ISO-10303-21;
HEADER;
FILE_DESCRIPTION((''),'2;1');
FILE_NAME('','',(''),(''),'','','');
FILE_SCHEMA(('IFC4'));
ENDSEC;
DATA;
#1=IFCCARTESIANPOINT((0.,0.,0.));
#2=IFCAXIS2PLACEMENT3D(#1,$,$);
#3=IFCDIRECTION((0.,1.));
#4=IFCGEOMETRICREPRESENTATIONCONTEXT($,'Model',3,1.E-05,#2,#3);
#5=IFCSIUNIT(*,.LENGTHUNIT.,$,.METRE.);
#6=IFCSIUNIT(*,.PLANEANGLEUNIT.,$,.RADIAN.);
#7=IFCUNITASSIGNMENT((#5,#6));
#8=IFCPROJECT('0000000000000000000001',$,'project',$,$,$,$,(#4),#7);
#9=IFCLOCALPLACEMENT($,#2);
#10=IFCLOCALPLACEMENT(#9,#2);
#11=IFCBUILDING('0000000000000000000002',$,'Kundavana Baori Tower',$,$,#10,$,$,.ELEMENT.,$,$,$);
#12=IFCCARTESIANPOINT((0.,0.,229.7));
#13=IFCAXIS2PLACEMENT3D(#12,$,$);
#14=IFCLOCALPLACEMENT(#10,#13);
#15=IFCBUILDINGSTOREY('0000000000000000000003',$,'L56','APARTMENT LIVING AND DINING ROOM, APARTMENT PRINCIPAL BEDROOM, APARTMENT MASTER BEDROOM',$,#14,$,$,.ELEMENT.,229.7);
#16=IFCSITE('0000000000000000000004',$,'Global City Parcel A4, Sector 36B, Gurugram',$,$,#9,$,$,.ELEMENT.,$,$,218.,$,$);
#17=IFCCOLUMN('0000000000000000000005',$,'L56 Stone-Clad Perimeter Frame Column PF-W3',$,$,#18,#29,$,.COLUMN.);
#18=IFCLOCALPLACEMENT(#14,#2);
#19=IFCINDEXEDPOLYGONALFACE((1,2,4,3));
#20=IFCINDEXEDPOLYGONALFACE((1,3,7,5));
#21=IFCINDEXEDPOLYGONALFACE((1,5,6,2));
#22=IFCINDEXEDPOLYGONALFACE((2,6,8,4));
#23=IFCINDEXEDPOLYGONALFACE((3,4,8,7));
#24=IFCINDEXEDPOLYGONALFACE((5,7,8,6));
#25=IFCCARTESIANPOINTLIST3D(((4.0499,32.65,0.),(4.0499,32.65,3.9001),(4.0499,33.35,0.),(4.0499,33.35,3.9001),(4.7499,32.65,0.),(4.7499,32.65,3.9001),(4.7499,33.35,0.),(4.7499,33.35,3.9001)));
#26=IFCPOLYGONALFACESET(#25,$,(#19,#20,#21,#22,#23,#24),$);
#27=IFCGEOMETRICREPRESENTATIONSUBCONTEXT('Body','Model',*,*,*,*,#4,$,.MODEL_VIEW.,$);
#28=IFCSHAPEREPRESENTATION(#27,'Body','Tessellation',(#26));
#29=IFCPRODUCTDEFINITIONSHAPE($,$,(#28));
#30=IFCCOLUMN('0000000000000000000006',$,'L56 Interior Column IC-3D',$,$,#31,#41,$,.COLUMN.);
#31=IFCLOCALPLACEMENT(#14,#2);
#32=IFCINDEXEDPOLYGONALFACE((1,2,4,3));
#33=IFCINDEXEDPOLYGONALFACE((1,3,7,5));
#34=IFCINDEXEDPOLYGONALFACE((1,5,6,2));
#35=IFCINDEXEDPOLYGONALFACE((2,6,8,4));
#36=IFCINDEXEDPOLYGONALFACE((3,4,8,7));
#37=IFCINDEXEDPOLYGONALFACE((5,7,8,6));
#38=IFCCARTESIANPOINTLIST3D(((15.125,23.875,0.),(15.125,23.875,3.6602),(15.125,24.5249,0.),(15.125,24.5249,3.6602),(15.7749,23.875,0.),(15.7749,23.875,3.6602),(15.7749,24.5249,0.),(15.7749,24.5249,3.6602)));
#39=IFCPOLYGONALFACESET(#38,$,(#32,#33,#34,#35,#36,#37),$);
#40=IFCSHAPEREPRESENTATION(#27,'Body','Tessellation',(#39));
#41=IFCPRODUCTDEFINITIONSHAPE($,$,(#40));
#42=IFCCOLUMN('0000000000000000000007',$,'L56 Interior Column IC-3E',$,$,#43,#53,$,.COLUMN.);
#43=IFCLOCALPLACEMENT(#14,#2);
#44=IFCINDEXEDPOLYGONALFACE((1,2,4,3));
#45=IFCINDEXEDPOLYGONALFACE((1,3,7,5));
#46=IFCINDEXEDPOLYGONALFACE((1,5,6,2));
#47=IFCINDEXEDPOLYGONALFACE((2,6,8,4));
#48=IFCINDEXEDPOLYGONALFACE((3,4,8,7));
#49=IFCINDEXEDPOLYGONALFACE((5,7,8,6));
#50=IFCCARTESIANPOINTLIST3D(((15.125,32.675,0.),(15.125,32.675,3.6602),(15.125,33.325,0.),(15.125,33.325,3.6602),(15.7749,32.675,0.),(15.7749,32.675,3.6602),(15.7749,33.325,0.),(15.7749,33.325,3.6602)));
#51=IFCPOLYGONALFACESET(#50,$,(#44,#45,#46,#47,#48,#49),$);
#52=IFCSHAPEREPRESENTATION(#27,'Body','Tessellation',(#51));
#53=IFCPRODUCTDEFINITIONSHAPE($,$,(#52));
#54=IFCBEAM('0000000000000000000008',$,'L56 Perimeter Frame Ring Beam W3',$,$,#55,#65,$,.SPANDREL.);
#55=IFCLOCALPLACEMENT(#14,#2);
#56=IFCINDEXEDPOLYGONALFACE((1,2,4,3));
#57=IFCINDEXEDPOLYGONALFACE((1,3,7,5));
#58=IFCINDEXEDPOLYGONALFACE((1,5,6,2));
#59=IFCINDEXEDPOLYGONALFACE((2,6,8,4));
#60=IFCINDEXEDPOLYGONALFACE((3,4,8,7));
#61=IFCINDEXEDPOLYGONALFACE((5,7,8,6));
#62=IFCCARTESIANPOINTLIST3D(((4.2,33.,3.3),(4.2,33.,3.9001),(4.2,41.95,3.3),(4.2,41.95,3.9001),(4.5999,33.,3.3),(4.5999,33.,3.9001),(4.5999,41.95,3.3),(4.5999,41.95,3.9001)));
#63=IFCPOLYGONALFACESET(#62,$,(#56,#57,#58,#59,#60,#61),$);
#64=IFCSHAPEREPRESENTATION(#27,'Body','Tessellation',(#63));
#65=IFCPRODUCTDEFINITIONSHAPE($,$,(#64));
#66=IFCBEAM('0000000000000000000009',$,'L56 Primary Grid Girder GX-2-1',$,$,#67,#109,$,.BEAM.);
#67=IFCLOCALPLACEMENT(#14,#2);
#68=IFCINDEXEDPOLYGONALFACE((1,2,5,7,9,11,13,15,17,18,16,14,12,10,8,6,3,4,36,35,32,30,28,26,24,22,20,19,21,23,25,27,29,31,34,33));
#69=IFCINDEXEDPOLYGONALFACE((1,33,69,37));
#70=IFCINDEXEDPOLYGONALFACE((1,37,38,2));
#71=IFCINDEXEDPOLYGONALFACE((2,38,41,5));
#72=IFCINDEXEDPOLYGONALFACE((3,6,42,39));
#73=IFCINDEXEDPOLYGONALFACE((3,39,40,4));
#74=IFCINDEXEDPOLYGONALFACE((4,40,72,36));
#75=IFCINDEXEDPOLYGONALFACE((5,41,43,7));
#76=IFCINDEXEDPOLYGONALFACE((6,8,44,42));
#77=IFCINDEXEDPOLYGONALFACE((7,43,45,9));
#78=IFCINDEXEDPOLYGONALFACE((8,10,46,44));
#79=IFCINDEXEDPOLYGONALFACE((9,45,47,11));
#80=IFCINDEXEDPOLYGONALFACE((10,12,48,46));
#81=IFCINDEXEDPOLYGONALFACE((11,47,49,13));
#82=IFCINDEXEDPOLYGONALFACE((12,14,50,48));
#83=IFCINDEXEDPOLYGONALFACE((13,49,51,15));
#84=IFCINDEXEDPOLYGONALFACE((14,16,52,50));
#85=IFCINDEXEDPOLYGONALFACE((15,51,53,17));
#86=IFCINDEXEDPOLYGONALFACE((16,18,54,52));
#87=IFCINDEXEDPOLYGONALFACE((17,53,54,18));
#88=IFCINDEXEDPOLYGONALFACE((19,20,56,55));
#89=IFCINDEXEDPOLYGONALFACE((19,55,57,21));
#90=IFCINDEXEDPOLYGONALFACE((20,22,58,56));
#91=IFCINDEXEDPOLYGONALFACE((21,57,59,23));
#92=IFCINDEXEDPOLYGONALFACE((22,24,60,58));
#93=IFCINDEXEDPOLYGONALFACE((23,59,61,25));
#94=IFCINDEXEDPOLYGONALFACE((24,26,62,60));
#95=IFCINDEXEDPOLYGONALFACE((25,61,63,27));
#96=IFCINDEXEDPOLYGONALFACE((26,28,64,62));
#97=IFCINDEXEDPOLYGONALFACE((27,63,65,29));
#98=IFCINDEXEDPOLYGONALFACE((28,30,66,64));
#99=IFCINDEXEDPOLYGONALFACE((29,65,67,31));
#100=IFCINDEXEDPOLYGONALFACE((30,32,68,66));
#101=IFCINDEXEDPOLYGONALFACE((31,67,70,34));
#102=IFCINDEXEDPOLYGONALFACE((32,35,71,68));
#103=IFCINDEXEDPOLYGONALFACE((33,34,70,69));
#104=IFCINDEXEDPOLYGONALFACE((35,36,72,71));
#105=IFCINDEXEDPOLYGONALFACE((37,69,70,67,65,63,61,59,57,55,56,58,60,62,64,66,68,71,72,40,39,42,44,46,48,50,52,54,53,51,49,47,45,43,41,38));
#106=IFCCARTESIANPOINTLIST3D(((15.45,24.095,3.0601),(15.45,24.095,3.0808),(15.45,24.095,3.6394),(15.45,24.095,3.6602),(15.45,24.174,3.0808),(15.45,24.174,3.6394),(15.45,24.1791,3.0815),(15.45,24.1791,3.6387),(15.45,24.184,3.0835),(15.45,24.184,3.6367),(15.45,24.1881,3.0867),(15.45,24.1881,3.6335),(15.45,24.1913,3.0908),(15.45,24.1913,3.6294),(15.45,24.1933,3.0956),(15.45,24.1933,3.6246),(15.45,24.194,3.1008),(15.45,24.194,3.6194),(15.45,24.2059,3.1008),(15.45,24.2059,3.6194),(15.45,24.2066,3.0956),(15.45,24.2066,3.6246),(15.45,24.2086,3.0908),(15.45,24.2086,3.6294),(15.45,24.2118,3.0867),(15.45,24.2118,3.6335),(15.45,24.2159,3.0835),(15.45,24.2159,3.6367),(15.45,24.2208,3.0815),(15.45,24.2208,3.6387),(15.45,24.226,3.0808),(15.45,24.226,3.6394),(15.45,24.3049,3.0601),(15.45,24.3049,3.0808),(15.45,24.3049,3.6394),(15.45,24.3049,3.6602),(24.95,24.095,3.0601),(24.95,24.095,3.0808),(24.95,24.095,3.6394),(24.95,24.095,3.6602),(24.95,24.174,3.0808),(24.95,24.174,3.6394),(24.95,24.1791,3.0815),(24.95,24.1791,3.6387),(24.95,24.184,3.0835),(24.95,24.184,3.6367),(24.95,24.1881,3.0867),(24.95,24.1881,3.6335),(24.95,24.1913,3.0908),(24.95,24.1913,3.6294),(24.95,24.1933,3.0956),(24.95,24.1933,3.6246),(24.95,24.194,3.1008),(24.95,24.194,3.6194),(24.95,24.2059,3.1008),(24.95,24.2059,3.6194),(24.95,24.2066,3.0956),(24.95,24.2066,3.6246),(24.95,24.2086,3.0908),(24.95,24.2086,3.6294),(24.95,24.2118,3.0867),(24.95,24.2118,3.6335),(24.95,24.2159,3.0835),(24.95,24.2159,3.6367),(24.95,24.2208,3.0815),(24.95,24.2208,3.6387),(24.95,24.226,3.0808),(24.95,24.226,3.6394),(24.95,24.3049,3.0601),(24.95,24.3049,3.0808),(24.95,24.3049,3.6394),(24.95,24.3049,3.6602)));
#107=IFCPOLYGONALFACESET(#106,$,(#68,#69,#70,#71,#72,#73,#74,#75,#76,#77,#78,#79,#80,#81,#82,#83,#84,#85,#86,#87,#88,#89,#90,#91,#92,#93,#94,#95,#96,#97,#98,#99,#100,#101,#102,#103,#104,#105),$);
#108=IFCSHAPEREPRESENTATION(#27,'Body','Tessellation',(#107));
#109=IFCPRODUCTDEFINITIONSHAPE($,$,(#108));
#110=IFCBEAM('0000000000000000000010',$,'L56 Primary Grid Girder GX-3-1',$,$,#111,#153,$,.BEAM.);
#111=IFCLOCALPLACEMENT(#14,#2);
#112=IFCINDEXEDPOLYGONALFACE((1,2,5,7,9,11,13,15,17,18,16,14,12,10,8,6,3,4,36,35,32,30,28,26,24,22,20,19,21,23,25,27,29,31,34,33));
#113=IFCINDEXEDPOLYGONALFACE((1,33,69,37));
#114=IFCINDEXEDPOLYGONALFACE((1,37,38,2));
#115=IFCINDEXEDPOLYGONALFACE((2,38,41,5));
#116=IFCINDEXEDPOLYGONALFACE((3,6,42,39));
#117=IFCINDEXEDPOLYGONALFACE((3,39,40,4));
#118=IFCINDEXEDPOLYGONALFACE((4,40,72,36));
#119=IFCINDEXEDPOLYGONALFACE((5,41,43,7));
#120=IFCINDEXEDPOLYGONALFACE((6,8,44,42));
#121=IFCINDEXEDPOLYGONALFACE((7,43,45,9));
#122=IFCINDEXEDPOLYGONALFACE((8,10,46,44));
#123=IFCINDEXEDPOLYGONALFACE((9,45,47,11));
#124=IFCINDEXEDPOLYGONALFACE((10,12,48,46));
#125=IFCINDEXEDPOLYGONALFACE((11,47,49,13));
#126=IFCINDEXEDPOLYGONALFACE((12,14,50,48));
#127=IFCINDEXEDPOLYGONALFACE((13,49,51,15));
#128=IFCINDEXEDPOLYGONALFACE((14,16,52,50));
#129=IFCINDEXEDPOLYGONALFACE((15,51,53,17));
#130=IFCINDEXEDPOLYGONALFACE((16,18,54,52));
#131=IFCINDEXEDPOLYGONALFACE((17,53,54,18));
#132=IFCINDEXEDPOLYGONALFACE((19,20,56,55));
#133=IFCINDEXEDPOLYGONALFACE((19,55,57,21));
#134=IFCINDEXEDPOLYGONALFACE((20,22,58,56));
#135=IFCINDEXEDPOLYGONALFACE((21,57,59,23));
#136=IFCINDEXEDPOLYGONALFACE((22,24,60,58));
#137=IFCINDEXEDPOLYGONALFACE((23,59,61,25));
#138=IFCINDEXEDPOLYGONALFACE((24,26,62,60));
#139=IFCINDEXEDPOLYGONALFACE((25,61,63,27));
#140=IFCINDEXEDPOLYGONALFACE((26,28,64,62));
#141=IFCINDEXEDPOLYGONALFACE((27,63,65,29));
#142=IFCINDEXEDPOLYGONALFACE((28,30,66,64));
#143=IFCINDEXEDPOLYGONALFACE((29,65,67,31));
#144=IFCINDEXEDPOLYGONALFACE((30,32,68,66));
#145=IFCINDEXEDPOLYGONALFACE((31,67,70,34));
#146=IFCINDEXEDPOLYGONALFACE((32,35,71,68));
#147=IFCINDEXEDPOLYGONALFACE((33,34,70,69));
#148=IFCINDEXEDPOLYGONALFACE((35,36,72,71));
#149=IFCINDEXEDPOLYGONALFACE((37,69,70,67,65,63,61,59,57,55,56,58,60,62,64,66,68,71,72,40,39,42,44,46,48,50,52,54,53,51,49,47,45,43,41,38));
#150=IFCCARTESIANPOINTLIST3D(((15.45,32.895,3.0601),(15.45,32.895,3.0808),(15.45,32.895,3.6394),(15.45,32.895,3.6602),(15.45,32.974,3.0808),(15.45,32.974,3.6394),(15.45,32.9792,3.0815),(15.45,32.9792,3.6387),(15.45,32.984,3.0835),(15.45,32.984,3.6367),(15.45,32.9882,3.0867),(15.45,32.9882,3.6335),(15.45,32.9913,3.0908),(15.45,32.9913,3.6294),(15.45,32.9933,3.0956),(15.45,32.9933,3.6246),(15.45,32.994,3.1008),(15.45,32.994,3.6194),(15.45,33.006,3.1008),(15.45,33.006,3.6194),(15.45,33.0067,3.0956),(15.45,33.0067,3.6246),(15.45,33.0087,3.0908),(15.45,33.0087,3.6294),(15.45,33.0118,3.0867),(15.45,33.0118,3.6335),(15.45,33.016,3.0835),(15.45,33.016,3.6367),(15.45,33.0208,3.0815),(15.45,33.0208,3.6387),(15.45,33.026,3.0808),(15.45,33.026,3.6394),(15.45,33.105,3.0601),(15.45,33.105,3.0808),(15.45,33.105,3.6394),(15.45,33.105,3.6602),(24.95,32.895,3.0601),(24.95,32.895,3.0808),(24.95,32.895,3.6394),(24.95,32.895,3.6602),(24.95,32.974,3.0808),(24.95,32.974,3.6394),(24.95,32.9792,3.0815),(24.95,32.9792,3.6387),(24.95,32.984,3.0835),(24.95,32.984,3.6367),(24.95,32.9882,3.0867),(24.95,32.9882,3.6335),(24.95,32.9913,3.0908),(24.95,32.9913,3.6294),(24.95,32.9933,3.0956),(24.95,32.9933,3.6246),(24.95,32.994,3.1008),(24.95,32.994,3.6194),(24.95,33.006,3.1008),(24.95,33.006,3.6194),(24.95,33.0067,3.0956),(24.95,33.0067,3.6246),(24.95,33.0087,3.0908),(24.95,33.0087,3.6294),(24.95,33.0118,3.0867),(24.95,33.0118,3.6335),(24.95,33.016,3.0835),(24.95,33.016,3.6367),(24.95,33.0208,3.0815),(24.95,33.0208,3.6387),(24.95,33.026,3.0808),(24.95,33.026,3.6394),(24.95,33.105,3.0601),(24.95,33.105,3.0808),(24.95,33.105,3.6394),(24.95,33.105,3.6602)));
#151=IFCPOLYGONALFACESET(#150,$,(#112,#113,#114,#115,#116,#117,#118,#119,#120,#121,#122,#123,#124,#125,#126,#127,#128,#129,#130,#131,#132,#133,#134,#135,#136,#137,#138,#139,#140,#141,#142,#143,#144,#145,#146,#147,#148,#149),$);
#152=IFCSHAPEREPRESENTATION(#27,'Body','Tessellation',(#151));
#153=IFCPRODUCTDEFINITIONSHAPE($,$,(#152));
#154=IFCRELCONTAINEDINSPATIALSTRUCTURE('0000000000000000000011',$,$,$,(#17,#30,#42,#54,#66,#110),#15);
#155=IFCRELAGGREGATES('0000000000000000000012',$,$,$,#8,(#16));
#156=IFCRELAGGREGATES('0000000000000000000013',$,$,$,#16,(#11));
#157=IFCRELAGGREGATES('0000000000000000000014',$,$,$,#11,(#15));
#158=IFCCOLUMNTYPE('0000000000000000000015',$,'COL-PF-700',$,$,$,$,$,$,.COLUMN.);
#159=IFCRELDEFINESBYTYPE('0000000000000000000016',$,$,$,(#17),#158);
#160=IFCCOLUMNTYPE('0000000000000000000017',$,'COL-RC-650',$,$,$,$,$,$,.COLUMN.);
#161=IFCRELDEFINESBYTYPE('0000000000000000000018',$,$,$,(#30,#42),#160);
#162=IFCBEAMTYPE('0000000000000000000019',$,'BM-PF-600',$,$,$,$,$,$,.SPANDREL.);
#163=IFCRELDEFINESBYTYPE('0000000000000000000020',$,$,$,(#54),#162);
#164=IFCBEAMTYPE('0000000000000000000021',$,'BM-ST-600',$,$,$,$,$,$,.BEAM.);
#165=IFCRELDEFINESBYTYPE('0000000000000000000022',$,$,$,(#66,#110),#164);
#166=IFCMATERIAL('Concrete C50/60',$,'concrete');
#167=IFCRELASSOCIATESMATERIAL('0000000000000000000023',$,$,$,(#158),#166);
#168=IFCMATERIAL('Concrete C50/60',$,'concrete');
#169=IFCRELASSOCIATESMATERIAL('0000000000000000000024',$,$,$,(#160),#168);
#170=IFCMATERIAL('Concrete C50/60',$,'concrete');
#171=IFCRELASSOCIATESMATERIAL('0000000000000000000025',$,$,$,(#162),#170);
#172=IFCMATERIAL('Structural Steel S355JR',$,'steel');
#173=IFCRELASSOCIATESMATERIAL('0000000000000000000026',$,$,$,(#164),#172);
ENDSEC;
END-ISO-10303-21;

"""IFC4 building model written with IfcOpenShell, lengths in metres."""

from ifc_helpers import new_model, si_unit, direction, frame, origin, origin_2d, place, context, subcontext, project, spatial, rectangle, i_section, extrude, material, material_profile, profile_set, type_object, element, save


model = new_model("IFC4")

# Units and contexts
model_context = context("Model", 3, precision=1e-05, world=origin(), true_north=direction((0.0, 1.0)))
body_context = subcontext(model_context, "Body", "Model", "MODEL_VIEW")
ifc_project = project(units=[si_unit("LENGTHUNIT", "METRE"), si_unit("PLANEANGLEUNIT", "RADIAN")], contexts=[model_context])

# Site, building, storey
site_placement = place(None, origin())
site = spatial("IfcSite", under=ifc_project, at=site_placement, Name="Global City Parcel A4, Sector 36B, Gurugram", CompositionType="ELEMENT", RefElevation=218.0)
building_placement = place(site_placement, origin())
building = spatial("IfcBuilding", under=site, at=building_placement, Name="Kundavana Baori Tower", CompositionType="ELEMENT")
storey_placement = place(building_placement, frame((0.0, 0.0, 229.7)))
storey = spatial("IfcBuildingStorey", under=building, at=storey_placement, Name="L56", Description="APARTMENT LIVING AND DINING ROOM, APARTMENT PRINCIPAL BEDROOM, APARTMENT MASTER BEDROOM", CompositionType="ELEMENT", Elevation=229.7)

# Columns
ifc_material_1 = material(Name="Concrete C50/60", Category="concrete")
ifc_material_profile_1 = material_profile(ifc_material_1, rectangle(XDim=0.7, YDim=0.7, at=origin_2d()), Name="RC PF 700x700")
ifc_profile_set_1 = profile_set([ifc_material_profile_1], Name="Concrete C50/60")
column_type_1 = type_object("IfcColumnType", Name="COL-PF-700", PredefinedType="COLUMN", material=ifc_profile_set_1)
column_placement = place(storey_placement, frame((4.3999, 33.0, 0.0), z_axis=(0.0, 0.0, 1.0), x_axis=(1.0, 0.0, 0.0)))
element("IfcColumn", 1, at=column_placement, inside=storey, type_object=column_type_1, Name="L56 Stone-Clad Perimeter Frame Column PF-W3", PredefinedType="COLUMN", context=body_context, shape_type="SweptSolid", body=[
    extrude(rectangle(XDim=0.7, YDim=0.7, at=origin_2d()), origin(), (0.0, 0.0, 1.0), 3.9001),
])
ifc_material_2 = material(Name="Concrete C50/60", Category="concrete")
ifc_material_profile_2 = material_profile(ifc_material_2, rectangle(XDim=0.6499, YDim=0.6499, at=origin_2d()), Name="RC 650x650")
ifc_profile_set_2 = profile_set([ifc_material_profile_2], Name="Concrete C50/60")
column_type_2 = type_object("IfcColumnType", Name="COL-RC-650", PredefinedType="COLUMN", material=ifc_profile_set_2)
for number, where, z_axis, x_axis, name in (
    (2, (15.45, 24.2, 0.0), (0.0, 0.0, 1.0), (1.0, 0.0, 0.0), "L56 Interior Column IC-3D"),
    (3, (15.45, 33.0, 0.0), (0.0, 0.0, 1.0), (1.0, 0.0, 0.0), "L56 Interior Column IC-3E"),
):
    element("IfcColumn", number, at=place(storey_placement, frame(where, z_axis=z_axis, x_axis=x_axis)), inside=storey, type_object=column_type_2, Name=name, PredefinedType="COLUMN", context=body_context, shape_type="SweptSolid", body=[
        extrude(rectangle(XDim=0.6499, YDim=0.6499, at=origin_2d()), origin(), (0.0, 0.0, 1.0), 3.6602),
    ])

# Beams
ifc_material_3 = material(Name="Concrete C50/60", Category="concrete")
ifc_material_profile_3 = material_profile(ifc_material_3, rectangle(XDim=0.3999, YDim=0.6001, at=origin_2d()), Name="RC BM 400x600")
ifc_profile_set_3 = profile_set([ifc_material_profile_3], Name="Concrete C50/60")
beam_type_1 = type_object("IfcBeamType", Name="BM-PF-600", PredefinedType="SPANDREL", material=ifc_profile_set_3)
beam_placement = place(storey_placement, frame((4.3999, 33.0, 3.6001), z_axis=(0.0, 1.0, 0.0), x_axis=(-1.0, 0.0, 0.0)))
element("IfcBeam", 4, at=beam_placement, inside=storey, type_object=beam_type_1, Name="L56 Perimeter Frame Ring Beam W3", PredefinedType="SPANDREL", context=body_context, shape_type="SweptSolid", body=[
    extrude(rectangle(XDim=0.3999, YDim=0.6001, at=origin_2d()), origin(), (0.0, 0.0, 1.0), 8.95),
])
ifc_material_4 = material(Name="Structural Steel S355JR", Category="steel")
ifc_material_profile_4 = material_profile(ifc_material_4, i_section(OverallWidth=0.21, OverallDepth=0.6001, WebThickness=0.012, FlangeThickness=0.0208, FilletRadius=0.02, at=origin_2d()), Name="ISMB 600")
ifc_profile_set_4 = profile_set([ifc_material_profile_4], Name="Structural Steel S355JR")
beam_type_2 = type_object("IfcBeamType", Name="BM-ST-600", PredefinedType="BEAM", material=ifc_profile_set_4)
for number, where, z_axis, x_axis, name in (
    (5, (15.45, 24.2, 3.3601), (1.0, 0.0, 0.0), (0.0, 1.0, 0.0), "L56 Primary Grid Girder GX-2-1"),
    (6, (15.45, 33.0, 3.3601), (1.0, 0.0, 0.0), (0.0, 1.0, 0.0), "L56 Primary Grid Girder GX-3-1"),
):
    element("IfcBeam", number, at=place(storey_placement, frame(where, z_axis=z_axis, x_axis=x_axis)), inside=storey, type_object=beam_type_2, Name=name, PredefinedType="BEAM", context=body_context, shape_type="SweptSolid", body=[
        extrude(i_section(OverallWidth=0.21, OverallDepth=0.6001, WebThickness=0.012, FlangeThickness=0.0208, FilletRadius=0.02, at=origin_2d()), origin(), (0.0, 0.0, 1.0), 9.5),
    ])

save(model, "model.ifc")
